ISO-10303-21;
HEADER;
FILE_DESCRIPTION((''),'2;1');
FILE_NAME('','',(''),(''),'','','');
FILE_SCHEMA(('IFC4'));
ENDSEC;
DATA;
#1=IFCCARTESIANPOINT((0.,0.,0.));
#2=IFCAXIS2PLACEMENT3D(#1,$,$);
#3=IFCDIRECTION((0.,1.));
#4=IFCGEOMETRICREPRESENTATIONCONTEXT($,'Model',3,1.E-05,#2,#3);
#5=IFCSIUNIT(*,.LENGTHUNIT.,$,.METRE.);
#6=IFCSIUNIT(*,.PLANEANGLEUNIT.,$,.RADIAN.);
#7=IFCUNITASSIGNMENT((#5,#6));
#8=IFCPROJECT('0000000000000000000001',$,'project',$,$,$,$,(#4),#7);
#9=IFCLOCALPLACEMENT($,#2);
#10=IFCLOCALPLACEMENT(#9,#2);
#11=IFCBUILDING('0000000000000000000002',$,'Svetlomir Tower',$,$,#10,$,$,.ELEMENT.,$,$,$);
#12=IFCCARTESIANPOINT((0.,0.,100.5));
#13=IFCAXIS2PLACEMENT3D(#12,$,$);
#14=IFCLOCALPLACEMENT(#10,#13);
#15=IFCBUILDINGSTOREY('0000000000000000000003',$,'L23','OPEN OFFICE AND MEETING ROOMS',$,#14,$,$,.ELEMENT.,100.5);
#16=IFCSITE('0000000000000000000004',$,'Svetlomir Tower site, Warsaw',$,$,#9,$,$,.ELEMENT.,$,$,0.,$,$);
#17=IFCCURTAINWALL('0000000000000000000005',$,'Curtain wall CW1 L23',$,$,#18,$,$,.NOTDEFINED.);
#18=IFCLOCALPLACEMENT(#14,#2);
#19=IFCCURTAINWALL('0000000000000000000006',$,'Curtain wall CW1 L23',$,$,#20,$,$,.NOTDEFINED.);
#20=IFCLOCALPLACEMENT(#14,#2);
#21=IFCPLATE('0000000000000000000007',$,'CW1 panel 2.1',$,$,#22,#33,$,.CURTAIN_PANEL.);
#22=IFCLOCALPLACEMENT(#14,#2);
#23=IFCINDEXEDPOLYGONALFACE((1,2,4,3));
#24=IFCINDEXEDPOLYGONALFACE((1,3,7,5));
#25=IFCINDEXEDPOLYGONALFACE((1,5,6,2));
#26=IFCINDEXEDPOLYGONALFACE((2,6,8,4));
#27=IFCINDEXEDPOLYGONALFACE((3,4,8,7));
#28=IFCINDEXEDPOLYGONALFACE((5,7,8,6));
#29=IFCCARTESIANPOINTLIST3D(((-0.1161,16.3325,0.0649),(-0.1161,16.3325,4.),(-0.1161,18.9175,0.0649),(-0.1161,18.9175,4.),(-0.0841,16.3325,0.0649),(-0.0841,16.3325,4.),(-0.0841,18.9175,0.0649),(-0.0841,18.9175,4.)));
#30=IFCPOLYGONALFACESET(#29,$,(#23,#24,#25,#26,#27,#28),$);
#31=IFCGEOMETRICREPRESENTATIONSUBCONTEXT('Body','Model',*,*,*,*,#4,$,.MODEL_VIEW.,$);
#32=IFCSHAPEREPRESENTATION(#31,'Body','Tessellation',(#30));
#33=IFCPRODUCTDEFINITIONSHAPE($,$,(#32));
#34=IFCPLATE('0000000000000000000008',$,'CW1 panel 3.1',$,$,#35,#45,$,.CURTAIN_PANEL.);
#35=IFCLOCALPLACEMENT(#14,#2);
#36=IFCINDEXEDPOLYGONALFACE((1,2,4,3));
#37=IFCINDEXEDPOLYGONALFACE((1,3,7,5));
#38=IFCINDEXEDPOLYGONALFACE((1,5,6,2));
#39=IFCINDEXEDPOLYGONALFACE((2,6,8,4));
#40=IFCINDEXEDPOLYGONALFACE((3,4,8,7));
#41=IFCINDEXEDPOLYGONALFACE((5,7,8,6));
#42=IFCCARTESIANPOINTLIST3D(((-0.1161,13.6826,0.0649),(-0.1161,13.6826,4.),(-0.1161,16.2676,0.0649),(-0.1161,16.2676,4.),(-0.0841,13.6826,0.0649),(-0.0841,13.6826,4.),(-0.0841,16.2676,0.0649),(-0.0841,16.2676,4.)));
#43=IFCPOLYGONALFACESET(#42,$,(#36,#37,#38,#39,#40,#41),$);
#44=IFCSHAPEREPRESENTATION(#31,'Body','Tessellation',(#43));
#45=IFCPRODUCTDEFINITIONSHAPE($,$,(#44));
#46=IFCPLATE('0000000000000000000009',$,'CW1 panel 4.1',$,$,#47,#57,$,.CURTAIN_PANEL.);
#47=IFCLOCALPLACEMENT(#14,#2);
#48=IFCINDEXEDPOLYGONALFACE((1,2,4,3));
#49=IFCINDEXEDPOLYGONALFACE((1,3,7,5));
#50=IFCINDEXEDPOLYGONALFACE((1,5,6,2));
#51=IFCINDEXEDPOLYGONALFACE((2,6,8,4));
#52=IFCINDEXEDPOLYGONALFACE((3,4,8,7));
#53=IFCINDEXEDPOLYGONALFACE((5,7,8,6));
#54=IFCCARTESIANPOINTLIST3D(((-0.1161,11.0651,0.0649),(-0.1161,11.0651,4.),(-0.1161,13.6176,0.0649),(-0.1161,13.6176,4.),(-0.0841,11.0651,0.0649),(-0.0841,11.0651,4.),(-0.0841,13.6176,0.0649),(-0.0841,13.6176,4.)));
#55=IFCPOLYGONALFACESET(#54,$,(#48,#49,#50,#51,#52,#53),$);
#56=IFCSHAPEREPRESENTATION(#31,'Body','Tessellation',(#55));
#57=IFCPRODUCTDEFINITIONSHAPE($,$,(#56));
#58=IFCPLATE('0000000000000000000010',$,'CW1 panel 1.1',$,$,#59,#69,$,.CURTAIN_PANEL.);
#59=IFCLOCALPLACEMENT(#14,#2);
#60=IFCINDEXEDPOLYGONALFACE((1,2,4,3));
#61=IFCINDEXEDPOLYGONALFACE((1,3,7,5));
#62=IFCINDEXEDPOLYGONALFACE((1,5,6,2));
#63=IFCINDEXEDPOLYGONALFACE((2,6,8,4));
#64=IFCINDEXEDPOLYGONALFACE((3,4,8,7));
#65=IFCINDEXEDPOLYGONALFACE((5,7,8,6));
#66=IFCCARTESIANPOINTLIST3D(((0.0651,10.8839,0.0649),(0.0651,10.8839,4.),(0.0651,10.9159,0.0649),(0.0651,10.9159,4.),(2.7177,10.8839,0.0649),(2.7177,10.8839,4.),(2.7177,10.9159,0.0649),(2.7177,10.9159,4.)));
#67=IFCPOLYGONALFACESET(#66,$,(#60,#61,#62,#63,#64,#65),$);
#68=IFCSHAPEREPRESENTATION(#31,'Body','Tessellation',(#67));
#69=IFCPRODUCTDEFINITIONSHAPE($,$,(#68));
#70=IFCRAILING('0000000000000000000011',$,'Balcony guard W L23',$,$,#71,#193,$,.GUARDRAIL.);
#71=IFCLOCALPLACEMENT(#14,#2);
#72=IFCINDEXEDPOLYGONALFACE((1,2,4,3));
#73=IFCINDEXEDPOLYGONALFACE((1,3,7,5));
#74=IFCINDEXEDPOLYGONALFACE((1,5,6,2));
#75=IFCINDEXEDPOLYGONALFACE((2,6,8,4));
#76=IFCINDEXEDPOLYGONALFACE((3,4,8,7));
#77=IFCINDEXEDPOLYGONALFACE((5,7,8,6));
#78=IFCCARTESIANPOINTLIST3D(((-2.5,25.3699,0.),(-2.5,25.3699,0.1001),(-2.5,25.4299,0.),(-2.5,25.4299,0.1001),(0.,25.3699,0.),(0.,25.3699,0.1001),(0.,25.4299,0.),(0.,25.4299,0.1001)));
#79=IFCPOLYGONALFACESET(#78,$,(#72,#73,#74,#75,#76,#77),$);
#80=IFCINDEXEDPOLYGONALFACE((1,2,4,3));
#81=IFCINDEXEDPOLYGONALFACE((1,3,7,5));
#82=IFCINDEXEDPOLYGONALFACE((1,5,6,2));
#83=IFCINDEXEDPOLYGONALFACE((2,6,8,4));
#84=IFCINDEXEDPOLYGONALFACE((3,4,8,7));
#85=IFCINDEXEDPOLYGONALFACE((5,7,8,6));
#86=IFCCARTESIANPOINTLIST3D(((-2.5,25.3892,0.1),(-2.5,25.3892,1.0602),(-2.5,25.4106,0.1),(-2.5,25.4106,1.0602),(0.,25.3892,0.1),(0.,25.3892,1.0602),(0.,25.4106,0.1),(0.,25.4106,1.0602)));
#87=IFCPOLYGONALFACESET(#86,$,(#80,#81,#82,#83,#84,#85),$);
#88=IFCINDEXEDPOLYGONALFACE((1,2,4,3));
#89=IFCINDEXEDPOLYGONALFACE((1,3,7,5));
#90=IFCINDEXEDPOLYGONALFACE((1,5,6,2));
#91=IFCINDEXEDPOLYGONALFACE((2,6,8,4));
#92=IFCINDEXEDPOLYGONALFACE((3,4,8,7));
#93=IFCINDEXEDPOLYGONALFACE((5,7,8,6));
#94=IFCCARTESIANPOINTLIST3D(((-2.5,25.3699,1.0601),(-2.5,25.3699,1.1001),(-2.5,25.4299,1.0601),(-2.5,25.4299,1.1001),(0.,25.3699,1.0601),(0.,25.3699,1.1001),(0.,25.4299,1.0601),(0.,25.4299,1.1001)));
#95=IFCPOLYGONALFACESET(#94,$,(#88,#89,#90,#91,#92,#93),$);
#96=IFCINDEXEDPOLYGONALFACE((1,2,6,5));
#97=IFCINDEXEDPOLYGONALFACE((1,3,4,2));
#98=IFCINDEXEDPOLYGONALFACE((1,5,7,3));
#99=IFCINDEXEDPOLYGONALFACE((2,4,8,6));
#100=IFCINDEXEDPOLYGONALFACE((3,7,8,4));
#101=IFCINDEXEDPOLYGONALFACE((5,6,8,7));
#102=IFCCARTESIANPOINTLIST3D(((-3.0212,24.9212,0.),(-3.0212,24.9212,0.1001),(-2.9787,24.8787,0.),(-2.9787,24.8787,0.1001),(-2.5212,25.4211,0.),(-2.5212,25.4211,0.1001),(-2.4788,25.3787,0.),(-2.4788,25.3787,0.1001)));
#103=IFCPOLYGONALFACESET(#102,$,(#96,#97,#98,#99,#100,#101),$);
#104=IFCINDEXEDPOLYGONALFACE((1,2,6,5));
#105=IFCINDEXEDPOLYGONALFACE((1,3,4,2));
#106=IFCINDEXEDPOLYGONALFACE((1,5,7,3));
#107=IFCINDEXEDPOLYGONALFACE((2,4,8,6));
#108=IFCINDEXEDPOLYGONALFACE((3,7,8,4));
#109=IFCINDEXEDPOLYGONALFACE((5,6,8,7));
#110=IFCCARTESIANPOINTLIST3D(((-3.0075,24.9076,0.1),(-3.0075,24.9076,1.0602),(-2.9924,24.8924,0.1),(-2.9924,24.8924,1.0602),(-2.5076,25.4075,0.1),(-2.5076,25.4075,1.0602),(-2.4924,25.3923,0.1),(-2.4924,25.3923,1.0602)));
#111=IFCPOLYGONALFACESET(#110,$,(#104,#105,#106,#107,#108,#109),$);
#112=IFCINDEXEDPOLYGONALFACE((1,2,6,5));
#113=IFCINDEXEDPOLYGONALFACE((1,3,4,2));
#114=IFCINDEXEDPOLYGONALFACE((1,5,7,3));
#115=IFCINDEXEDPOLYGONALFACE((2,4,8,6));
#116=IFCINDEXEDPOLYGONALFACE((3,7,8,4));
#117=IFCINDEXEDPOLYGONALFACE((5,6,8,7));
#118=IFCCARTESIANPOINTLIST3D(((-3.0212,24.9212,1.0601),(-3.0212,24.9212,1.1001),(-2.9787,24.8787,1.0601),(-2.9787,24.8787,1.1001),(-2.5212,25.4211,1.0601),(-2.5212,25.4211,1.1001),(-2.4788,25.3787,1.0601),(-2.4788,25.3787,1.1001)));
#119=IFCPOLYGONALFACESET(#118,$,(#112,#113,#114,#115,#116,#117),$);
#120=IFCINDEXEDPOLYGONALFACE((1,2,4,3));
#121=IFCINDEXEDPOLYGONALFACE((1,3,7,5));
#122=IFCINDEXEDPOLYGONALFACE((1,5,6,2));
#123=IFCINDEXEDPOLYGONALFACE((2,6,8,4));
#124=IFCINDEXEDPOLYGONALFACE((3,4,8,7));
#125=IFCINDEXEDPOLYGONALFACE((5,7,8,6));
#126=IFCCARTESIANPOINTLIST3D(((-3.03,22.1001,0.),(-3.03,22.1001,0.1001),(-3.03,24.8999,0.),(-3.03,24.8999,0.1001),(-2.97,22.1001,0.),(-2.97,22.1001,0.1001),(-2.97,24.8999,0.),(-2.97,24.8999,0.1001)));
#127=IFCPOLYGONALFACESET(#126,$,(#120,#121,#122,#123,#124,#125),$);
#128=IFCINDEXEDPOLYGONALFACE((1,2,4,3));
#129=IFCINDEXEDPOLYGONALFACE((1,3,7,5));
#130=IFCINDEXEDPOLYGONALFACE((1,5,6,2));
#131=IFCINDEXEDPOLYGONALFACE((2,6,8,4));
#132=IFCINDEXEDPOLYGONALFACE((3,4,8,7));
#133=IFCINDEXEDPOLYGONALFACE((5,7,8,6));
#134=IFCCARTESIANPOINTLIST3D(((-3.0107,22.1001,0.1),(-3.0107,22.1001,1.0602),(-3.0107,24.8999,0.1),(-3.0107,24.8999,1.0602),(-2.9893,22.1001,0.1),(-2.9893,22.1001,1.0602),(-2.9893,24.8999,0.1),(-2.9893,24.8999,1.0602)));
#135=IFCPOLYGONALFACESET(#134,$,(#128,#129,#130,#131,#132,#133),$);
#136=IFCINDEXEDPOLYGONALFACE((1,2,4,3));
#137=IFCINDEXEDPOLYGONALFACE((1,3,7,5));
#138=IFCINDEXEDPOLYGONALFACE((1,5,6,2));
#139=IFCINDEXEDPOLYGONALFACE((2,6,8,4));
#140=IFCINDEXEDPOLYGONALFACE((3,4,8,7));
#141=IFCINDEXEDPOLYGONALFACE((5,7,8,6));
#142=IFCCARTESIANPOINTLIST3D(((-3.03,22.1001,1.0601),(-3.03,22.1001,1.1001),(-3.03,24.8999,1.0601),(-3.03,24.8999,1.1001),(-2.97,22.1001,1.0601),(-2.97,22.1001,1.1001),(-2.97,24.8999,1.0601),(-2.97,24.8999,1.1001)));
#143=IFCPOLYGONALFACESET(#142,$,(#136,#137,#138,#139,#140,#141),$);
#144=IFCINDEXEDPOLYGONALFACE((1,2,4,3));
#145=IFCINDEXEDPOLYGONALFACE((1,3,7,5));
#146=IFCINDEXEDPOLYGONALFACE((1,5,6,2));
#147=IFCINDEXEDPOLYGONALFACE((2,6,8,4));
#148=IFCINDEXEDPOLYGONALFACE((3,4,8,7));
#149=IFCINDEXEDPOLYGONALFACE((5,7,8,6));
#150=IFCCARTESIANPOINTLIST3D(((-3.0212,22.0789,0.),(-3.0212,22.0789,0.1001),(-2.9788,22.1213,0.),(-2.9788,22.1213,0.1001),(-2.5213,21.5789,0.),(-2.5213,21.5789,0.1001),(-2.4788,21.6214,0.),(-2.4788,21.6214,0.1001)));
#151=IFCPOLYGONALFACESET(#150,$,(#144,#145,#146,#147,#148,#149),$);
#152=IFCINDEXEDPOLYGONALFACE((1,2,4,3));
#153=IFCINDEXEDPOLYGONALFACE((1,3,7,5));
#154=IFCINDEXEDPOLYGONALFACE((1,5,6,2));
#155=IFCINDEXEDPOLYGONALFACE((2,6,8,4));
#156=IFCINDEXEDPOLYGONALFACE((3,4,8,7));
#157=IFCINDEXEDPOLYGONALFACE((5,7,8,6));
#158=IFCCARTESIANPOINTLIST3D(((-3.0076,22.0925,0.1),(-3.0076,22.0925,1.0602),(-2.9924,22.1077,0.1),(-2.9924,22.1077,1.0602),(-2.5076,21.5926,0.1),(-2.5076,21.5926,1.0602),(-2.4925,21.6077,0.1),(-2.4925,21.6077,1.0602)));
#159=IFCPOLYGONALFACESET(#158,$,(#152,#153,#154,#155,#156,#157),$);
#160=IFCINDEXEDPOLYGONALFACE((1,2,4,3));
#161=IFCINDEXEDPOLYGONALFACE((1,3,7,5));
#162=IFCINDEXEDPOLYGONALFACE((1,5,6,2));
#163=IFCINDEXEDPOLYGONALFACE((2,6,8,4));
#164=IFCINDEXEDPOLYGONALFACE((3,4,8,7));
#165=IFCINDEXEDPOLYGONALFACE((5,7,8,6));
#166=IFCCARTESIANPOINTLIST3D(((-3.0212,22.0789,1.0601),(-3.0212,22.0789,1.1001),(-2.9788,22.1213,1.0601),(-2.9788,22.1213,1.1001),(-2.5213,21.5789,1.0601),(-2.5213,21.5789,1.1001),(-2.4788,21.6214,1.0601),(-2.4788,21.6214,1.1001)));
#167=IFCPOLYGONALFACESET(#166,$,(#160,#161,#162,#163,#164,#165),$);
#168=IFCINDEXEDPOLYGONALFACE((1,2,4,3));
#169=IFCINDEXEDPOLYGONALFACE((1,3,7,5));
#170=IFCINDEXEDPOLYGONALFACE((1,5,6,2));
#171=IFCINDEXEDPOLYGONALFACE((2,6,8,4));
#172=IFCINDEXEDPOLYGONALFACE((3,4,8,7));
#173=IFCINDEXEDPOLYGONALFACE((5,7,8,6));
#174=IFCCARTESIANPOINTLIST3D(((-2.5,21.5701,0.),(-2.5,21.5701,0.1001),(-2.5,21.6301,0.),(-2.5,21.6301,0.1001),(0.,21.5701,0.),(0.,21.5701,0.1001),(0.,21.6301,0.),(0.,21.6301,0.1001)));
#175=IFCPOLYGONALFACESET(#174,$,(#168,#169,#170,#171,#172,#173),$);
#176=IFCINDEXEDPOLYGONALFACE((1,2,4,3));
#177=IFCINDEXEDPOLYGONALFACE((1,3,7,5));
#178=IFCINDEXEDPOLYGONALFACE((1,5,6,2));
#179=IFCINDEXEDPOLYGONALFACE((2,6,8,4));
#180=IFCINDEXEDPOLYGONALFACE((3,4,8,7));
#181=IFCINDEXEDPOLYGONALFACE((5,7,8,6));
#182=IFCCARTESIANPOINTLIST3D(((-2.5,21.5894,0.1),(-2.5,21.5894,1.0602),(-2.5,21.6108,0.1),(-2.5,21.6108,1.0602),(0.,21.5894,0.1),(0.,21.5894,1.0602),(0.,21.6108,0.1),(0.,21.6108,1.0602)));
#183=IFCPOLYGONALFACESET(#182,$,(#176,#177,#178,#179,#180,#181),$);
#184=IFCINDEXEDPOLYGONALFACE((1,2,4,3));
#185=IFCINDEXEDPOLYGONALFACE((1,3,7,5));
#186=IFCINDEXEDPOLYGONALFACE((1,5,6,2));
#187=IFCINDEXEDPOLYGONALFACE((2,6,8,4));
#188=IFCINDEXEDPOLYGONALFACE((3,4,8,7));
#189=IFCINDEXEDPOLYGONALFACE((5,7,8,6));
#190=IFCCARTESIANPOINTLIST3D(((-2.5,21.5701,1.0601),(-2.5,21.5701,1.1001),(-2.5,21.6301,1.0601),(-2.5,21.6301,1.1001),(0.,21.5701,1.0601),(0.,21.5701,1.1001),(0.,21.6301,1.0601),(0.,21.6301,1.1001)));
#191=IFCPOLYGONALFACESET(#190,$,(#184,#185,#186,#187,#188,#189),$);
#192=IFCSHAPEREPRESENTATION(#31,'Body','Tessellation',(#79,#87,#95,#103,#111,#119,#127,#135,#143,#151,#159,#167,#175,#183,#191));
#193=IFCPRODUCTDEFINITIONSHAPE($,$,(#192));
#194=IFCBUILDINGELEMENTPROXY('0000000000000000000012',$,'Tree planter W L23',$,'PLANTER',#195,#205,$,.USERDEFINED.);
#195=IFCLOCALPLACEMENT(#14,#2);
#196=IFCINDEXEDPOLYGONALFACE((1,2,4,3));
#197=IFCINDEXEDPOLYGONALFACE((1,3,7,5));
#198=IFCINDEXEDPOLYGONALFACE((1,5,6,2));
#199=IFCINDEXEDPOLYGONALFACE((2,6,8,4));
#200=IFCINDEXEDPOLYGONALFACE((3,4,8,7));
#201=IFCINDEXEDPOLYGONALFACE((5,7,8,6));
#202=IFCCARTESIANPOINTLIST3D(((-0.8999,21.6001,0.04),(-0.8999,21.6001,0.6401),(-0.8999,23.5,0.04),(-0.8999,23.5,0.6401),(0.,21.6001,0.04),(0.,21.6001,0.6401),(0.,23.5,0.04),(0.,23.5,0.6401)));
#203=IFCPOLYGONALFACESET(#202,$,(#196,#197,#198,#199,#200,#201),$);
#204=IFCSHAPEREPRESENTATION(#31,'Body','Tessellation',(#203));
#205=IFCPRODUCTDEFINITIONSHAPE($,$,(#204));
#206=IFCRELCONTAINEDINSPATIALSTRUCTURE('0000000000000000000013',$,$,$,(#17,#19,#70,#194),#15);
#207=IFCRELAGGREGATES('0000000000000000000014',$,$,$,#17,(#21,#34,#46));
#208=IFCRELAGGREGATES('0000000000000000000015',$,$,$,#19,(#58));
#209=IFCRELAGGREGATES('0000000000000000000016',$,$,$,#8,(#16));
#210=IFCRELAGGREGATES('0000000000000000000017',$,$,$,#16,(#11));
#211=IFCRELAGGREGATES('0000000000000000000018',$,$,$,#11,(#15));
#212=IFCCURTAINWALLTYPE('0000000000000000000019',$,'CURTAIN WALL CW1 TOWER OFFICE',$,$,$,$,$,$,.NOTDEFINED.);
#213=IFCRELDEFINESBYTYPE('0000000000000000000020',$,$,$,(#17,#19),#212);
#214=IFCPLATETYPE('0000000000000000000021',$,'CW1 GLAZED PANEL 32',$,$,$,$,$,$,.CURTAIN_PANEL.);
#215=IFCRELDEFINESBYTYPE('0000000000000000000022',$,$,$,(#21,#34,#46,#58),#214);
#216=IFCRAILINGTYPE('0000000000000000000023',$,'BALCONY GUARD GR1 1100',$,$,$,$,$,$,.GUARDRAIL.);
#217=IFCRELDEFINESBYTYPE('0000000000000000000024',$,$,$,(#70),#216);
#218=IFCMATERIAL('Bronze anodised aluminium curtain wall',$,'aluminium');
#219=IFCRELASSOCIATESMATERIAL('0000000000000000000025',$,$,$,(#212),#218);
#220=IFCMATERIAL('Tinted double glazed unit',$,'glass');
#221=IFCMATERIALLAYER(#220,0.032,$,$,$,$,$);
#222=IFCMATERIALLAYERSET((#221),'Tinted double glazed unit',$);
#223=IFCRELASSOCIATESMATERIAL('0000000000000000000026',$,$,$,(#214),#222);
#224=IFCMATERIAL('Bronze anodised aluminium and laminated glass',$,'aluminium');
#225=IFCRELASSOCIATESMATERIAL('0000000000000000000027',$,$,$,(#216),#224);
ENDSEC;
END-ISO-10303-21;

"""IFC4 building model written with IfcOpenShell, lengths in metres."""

from ifc_helpers import new_model, si_unit, direction, frame, origin, origin_2d, place, context, subcontext, project, spatial, rectangle, extrude, material, layer, layer_set, type_object, element, aggregate, save


model = new_model("IFC4")

# Units and contexts
model_context = context("Model", 3, precision=1e-05, world=origin(), true_north=direction((0.0, 1.0)))
body_context = subcontext(model_context, "Body", "Model", "MODEL_VIEW")
ifc_project = project(units=[si_unit("LENGTHUNIT", "METRE"), si_unit("PLANEANGLEUNIT", "RADIAN")], contexts=[model_context])

# Site, building, storey
site_placement = place(None, origin())
site = spatial("IfcSite", under=ifc_project, at=site_placement, Name="Svetlomir Tower site, Warsaw", CompositionType="ELEMENT", RefElevation=0.0)
building_placement = place(site_placement, origin())
building = spatial("IfcBuilding", under=site, at=building_placement, Name="Svetlomir Tower", CompositionType="ELEMENT")
storey_placement = place(building_placement, frame((0.0, 0.0, 100.5)))
storey = spatial("IfcBuildingStorey", under=building, at=storey_placement, Name="L23", Description="OPEN OFFICE AND MEETING ROOMS", CompositionType="ELEMENT", Elevation=100.5)

# Curtain wall
ifc_material_1 = material(Name="Bronze anodised aluminium curtain wall", Category="aluminium")
curtain_wall_type = type_object("IfcCurtainWallType", Name="CURTAIN WALL CW1 TOWER OFFICE", PredefinedType="NOTDEFINED", material=ifc_material_1)
curtain_wall_1_placement = place(storey_placement, origin())
curtain_wall_1 = element("IfcCurtainWall", 1, at=curtain_wall_1_placement, inside=storey, type_object=curtain_wall_type, Name="Curtain wall CW1 L23", PredefinedType="NOTDEFINED")

# Curtain wall
curtain_wall_2_placement = place(storey_placement, origin())
curtain_wall_2 = element("IfcCurtainWall", 2, at=curtain_wall_2_placement, inside=storey, type_object=curtain_wall_type, Name="Curtain wall CW1 L23", PredefinedType="NOTDEFINED")

# Plates
ifc_material_2 = material(Name="Tinted double glazed unit", Category="glass")
ifc_layer_1 = layer(ifc_material_2, 0.032)
ifc_layer_set_1 = layer_set([ifc_layer_1], Name="Tinted double glazed unit")
plate_type = type_object("IfcPlateType", Name="CW1 GLAZED PANEL 32", PredefinedType="CURTAIN_PANEL", material=ifc_layer_set_1)
plate_1_placement = place(storey_placement, frame((-0.1001, 17.625, 0.0649), z_axis=(0.0, 0.0, 1.0), x_axis=(0.0, -1.0, 0.0)))
plate_1 = element("IfcPlate", 3, at=plate_1_placement, type_object=plate_type, Name="CW1 panel 2.1", PredefinedType="CURTAIN_PANEL", context=body_context, shape_type="SweptSolid", body=[
    extrude(rectangle(XDim=2.585, YDim=0.032, at=origin_2d()), origin(), (0.0, 0.0, 1.0), 3.9351),
])
plate_2_placement = place(storey_placement, frame((-0.1001, 14.9751, 0.0649), z_axis=(0.0, 0.0, 1.0), x_axis=(0.0, -1.0, 0.0)))
plate_2 = element("IfcPlate", 4, at=plate_2_placement, type_object=plate_type, Name="CW1 panel 3.1", PredefinedType="CURTAIN_PANEL", context=body_context, shape_type="SweptSolid", body=[
    extrude(rectangle(XDim=2.585, YDim=0.032, at=origin_2d()), origin(), (0.0, 0.0, 1.0), 3.9351),
])
plate_3_placement = place(storey_placement, frame((-0.1001, 12.3413, 0.0649), z_axis=(0.0, 0.0, 1.0), x_axis=(0.0, -1.0, 0.0)))
plate_3 = element("IfcPlate", 5, at=plate_3_placement, type_object=plate_type, Name="CW1 panel 4.1", PredefinedType="CURTAIN_PANEL", context=body_context, shape_type="SweptSolid", body=[
    extrude(rectangle(XDim=2.5525, YDim=0.032, at=origin_2d()), origin(), (0.0, 0.0, 1.0), 3.9351),
])
aggregate(curtain_wall_1, [plate_1, plate_2, plate_3])
plate_4_placement = place(storey_placement, frame((1.3914, 10.8999, 0.0649), z_axis=(0.0, 0.0, 1.0), x_axis=(1.0, 0.0, 0.0)))
plate_4 = element("IfcPlate", 6, at=plate_4_placement, type_object=plate_type, Name="CW1 panel 1.1", PredefinedType="CURTAIN_PANEL", context=body_context, shape_type="SweptSolid", body=[
    extrude(rectangle(XDim=2.6526, YDim=0.032, at=origin_2d()), origin(), (0.0, 0.0, 1.0), 3.9351),
])
aggregate(curtain_wall_2, [plate_4])

# Railing
ifc_material_3 = material(Name="Bronze anodised aluminium and laminated glass", Category="aluminium")
railing_type = type_object("IfcRailingType", Name="BALCONY GUARD GR1 1100", PredefinedType="GUARDRAIL", material=ifc_material_3)
railing_placement = place(storey_placement, frame((0.0, 25.3999, 0.0)))
element("IfcRailing", 7, at=railing_placement, inside=storey, type_object=railing_type, Name="Balcony guard W L23", PredefinedType="GUARDRAIL", context=body_context, shape_type="SweptSolid", body=[
    extrude(rectangle(XDim=0.0601, YDim=0.1001, at=origin_2d()), frame((0.0, 0.0, 0.05), z_axis=(-1.0, 0.0, 0.0), x_axis=(0.0, -1.0, 0.0)), (0.0, 0.0, 1.0), 2.5),
    extrude(rectangle(XDim=0.0215, YDim=0.9602, at=origin_2d()), frame((0.0, 0.0, 0.5801), z_axis=(-1.0, 0.0, 0.0), x_axis=(0.0, -1.0, 0.0)), (0.0, 0.0, 1.0), 2.5),
    extrude(rectangle(XDim=0.0601, YDim=0.04, at=origin_2d()), frame((0.0, 0.0, 1.0801), z_axis=(-1.0, 0.0, 0.0), x_axis=(0.0, -1.0, 0.0)), (0.0, 0.0, 1.0), 2.5),
    extrude(rectangle(XDim=0.0601, YDim=0.1001, at=origin_2d()), frame((-2.5, 0.0, 0.05), z_axis=(-0.707107, -0.707107, 0.0), x_axis=(0.707107, -0.707107, 0.0)), (0.0, 0.0, 1.0), 0.707),
    extrude(rectangle(XDim=0.0215, YDim=0.9602, at=origin_2d()), frame((-2.5, 0.0, 0.5801), z_axis=(-0.707107, -0.707107, 0.0), x_axis=(0.707107, -0.707107, 0.0)), (0.0, 0.0, 1.0), 0.707),
    extrude(rectangle(XDim=0.0601, YDim=0.04, at=origin_2d()), frame((-2.5, 0.0, 1.0801), z_axis=(-0.707107, -0.707107, 0.0), x_axis=(0.707107, -0.707107, 0.0)), (0.0, 0.0, 1.0), 0.707),
    extrude(rectangle(XDim=0.0601, YDim=0.1001, at=origin_2d()), frame((-3.0, -0.5, 0.05), z_axis=(0.0, -1.0, 0.0), x_axis=(1.0, 0.0, 0.0)), (0.0, 0.0, 1.0), 2.7998),
    extrude(rectangle(XDim=0.0215, YDim=0.9602, at=origin_2d()), frame((-3.0, -0.5, 0.5801), z_axis=(0.0, -1.0, 0.0), x_axis=(1.0, 0.0, 0.0)), (0.0, 0.0, 1.0), 2.7998),
    extrude(rectangle(XDim=0.0601, YDim=0.04, at=origin_2d()), frame((-3.0, -0.5, 1.0801), z_axis=(0.0, -1.0, 0.0), x_axis=(1.0, 0.0, 0.0)), (0.0, 0.0, 1.0), 2.7998),
    extrude(rectangle(XDim=0.0601, YDim=0.1001, at=origin_2d()), frame((-3.0, -3.2998, 0.05), z_axis=(0.707107, -0.707107, 0.0), x_axis=(0.707107, 0.707107, 0.0)), (0.0, 0.0, 1.0), 0.707),
    extrude(rectangle(XDim=0.0215, YDim=0.9602, at=origin_2d()), frame((-3.0, -3.2998, 0.5801), z_axis=(0.707107, -0.707107, 0.0), x_axis=(0.707107, 0.707107, 0.0)), (0.0, 0.0, 1.0), 0.707),
    extrude(rectangle(XDim=0.0601, YDim=0.04, at=origin_2d()), frame((-3.0, -3.2998, 1.0801), z_axis=(0.707107, -0.707107, 0.0), x_axis=(0.707107, 0.707107, 0.0)), (0.0, 0.0, 1.0), 0.707),
    extrude(rectangle(XDim=0.0601, YDim=0.1001, at=origin_2d()), frame((-2.5, -3.7998, 0.05), z_axis=(1.0, 0.0, 0.0), x_axis=(0.0, 1.0, 0.0)), (0.0, 0.0, 1.0), 2.5),
    extrude(rectangle(XDim=0.0215, YDim=0.9602, at=origin_2d()), frame((-2.5, -3.7998, 0.5801), z_axis=(1.0, 0.0, 0.0), x_axis=(0.0, 1.0, 0.0)), (0.0, 0.0, 1.0), 2.5),
    extrude(rectangle(XDim=0.0601, YDim=0.04, at=origin_2d()), frame((-2.5, -3.7998, 1.0801), z_axis=(1.0, 0.0, 0.0), x_axis=(0.0, 1.0, 0.0)), (0.0, 0.0, 1.0), 2.5),
])

# Building element proxy
proxy_placement = place(storey_placement, frame((-0.45, 22.55, 0.04), z_axis=(0.0, 0.0, 1.0), x_axis=(1.0, 0.0, 0.0)))
element("IfcBuildingElementProxy", 8, at=proxy_placement, inside=storey, Name="Tree planter W L23", ObjectType="PLANTER", PredefinedType="USERDEFINED", context=body_context, shape_type="SweptSolid", body=[
    extrude(rectangle(XDim=0.8999, YDim=1.8999, at=origin_2d()), origin(), (0.0, 0.0, 1.0), 0.6001),
])

save(model, "model.ifc")
